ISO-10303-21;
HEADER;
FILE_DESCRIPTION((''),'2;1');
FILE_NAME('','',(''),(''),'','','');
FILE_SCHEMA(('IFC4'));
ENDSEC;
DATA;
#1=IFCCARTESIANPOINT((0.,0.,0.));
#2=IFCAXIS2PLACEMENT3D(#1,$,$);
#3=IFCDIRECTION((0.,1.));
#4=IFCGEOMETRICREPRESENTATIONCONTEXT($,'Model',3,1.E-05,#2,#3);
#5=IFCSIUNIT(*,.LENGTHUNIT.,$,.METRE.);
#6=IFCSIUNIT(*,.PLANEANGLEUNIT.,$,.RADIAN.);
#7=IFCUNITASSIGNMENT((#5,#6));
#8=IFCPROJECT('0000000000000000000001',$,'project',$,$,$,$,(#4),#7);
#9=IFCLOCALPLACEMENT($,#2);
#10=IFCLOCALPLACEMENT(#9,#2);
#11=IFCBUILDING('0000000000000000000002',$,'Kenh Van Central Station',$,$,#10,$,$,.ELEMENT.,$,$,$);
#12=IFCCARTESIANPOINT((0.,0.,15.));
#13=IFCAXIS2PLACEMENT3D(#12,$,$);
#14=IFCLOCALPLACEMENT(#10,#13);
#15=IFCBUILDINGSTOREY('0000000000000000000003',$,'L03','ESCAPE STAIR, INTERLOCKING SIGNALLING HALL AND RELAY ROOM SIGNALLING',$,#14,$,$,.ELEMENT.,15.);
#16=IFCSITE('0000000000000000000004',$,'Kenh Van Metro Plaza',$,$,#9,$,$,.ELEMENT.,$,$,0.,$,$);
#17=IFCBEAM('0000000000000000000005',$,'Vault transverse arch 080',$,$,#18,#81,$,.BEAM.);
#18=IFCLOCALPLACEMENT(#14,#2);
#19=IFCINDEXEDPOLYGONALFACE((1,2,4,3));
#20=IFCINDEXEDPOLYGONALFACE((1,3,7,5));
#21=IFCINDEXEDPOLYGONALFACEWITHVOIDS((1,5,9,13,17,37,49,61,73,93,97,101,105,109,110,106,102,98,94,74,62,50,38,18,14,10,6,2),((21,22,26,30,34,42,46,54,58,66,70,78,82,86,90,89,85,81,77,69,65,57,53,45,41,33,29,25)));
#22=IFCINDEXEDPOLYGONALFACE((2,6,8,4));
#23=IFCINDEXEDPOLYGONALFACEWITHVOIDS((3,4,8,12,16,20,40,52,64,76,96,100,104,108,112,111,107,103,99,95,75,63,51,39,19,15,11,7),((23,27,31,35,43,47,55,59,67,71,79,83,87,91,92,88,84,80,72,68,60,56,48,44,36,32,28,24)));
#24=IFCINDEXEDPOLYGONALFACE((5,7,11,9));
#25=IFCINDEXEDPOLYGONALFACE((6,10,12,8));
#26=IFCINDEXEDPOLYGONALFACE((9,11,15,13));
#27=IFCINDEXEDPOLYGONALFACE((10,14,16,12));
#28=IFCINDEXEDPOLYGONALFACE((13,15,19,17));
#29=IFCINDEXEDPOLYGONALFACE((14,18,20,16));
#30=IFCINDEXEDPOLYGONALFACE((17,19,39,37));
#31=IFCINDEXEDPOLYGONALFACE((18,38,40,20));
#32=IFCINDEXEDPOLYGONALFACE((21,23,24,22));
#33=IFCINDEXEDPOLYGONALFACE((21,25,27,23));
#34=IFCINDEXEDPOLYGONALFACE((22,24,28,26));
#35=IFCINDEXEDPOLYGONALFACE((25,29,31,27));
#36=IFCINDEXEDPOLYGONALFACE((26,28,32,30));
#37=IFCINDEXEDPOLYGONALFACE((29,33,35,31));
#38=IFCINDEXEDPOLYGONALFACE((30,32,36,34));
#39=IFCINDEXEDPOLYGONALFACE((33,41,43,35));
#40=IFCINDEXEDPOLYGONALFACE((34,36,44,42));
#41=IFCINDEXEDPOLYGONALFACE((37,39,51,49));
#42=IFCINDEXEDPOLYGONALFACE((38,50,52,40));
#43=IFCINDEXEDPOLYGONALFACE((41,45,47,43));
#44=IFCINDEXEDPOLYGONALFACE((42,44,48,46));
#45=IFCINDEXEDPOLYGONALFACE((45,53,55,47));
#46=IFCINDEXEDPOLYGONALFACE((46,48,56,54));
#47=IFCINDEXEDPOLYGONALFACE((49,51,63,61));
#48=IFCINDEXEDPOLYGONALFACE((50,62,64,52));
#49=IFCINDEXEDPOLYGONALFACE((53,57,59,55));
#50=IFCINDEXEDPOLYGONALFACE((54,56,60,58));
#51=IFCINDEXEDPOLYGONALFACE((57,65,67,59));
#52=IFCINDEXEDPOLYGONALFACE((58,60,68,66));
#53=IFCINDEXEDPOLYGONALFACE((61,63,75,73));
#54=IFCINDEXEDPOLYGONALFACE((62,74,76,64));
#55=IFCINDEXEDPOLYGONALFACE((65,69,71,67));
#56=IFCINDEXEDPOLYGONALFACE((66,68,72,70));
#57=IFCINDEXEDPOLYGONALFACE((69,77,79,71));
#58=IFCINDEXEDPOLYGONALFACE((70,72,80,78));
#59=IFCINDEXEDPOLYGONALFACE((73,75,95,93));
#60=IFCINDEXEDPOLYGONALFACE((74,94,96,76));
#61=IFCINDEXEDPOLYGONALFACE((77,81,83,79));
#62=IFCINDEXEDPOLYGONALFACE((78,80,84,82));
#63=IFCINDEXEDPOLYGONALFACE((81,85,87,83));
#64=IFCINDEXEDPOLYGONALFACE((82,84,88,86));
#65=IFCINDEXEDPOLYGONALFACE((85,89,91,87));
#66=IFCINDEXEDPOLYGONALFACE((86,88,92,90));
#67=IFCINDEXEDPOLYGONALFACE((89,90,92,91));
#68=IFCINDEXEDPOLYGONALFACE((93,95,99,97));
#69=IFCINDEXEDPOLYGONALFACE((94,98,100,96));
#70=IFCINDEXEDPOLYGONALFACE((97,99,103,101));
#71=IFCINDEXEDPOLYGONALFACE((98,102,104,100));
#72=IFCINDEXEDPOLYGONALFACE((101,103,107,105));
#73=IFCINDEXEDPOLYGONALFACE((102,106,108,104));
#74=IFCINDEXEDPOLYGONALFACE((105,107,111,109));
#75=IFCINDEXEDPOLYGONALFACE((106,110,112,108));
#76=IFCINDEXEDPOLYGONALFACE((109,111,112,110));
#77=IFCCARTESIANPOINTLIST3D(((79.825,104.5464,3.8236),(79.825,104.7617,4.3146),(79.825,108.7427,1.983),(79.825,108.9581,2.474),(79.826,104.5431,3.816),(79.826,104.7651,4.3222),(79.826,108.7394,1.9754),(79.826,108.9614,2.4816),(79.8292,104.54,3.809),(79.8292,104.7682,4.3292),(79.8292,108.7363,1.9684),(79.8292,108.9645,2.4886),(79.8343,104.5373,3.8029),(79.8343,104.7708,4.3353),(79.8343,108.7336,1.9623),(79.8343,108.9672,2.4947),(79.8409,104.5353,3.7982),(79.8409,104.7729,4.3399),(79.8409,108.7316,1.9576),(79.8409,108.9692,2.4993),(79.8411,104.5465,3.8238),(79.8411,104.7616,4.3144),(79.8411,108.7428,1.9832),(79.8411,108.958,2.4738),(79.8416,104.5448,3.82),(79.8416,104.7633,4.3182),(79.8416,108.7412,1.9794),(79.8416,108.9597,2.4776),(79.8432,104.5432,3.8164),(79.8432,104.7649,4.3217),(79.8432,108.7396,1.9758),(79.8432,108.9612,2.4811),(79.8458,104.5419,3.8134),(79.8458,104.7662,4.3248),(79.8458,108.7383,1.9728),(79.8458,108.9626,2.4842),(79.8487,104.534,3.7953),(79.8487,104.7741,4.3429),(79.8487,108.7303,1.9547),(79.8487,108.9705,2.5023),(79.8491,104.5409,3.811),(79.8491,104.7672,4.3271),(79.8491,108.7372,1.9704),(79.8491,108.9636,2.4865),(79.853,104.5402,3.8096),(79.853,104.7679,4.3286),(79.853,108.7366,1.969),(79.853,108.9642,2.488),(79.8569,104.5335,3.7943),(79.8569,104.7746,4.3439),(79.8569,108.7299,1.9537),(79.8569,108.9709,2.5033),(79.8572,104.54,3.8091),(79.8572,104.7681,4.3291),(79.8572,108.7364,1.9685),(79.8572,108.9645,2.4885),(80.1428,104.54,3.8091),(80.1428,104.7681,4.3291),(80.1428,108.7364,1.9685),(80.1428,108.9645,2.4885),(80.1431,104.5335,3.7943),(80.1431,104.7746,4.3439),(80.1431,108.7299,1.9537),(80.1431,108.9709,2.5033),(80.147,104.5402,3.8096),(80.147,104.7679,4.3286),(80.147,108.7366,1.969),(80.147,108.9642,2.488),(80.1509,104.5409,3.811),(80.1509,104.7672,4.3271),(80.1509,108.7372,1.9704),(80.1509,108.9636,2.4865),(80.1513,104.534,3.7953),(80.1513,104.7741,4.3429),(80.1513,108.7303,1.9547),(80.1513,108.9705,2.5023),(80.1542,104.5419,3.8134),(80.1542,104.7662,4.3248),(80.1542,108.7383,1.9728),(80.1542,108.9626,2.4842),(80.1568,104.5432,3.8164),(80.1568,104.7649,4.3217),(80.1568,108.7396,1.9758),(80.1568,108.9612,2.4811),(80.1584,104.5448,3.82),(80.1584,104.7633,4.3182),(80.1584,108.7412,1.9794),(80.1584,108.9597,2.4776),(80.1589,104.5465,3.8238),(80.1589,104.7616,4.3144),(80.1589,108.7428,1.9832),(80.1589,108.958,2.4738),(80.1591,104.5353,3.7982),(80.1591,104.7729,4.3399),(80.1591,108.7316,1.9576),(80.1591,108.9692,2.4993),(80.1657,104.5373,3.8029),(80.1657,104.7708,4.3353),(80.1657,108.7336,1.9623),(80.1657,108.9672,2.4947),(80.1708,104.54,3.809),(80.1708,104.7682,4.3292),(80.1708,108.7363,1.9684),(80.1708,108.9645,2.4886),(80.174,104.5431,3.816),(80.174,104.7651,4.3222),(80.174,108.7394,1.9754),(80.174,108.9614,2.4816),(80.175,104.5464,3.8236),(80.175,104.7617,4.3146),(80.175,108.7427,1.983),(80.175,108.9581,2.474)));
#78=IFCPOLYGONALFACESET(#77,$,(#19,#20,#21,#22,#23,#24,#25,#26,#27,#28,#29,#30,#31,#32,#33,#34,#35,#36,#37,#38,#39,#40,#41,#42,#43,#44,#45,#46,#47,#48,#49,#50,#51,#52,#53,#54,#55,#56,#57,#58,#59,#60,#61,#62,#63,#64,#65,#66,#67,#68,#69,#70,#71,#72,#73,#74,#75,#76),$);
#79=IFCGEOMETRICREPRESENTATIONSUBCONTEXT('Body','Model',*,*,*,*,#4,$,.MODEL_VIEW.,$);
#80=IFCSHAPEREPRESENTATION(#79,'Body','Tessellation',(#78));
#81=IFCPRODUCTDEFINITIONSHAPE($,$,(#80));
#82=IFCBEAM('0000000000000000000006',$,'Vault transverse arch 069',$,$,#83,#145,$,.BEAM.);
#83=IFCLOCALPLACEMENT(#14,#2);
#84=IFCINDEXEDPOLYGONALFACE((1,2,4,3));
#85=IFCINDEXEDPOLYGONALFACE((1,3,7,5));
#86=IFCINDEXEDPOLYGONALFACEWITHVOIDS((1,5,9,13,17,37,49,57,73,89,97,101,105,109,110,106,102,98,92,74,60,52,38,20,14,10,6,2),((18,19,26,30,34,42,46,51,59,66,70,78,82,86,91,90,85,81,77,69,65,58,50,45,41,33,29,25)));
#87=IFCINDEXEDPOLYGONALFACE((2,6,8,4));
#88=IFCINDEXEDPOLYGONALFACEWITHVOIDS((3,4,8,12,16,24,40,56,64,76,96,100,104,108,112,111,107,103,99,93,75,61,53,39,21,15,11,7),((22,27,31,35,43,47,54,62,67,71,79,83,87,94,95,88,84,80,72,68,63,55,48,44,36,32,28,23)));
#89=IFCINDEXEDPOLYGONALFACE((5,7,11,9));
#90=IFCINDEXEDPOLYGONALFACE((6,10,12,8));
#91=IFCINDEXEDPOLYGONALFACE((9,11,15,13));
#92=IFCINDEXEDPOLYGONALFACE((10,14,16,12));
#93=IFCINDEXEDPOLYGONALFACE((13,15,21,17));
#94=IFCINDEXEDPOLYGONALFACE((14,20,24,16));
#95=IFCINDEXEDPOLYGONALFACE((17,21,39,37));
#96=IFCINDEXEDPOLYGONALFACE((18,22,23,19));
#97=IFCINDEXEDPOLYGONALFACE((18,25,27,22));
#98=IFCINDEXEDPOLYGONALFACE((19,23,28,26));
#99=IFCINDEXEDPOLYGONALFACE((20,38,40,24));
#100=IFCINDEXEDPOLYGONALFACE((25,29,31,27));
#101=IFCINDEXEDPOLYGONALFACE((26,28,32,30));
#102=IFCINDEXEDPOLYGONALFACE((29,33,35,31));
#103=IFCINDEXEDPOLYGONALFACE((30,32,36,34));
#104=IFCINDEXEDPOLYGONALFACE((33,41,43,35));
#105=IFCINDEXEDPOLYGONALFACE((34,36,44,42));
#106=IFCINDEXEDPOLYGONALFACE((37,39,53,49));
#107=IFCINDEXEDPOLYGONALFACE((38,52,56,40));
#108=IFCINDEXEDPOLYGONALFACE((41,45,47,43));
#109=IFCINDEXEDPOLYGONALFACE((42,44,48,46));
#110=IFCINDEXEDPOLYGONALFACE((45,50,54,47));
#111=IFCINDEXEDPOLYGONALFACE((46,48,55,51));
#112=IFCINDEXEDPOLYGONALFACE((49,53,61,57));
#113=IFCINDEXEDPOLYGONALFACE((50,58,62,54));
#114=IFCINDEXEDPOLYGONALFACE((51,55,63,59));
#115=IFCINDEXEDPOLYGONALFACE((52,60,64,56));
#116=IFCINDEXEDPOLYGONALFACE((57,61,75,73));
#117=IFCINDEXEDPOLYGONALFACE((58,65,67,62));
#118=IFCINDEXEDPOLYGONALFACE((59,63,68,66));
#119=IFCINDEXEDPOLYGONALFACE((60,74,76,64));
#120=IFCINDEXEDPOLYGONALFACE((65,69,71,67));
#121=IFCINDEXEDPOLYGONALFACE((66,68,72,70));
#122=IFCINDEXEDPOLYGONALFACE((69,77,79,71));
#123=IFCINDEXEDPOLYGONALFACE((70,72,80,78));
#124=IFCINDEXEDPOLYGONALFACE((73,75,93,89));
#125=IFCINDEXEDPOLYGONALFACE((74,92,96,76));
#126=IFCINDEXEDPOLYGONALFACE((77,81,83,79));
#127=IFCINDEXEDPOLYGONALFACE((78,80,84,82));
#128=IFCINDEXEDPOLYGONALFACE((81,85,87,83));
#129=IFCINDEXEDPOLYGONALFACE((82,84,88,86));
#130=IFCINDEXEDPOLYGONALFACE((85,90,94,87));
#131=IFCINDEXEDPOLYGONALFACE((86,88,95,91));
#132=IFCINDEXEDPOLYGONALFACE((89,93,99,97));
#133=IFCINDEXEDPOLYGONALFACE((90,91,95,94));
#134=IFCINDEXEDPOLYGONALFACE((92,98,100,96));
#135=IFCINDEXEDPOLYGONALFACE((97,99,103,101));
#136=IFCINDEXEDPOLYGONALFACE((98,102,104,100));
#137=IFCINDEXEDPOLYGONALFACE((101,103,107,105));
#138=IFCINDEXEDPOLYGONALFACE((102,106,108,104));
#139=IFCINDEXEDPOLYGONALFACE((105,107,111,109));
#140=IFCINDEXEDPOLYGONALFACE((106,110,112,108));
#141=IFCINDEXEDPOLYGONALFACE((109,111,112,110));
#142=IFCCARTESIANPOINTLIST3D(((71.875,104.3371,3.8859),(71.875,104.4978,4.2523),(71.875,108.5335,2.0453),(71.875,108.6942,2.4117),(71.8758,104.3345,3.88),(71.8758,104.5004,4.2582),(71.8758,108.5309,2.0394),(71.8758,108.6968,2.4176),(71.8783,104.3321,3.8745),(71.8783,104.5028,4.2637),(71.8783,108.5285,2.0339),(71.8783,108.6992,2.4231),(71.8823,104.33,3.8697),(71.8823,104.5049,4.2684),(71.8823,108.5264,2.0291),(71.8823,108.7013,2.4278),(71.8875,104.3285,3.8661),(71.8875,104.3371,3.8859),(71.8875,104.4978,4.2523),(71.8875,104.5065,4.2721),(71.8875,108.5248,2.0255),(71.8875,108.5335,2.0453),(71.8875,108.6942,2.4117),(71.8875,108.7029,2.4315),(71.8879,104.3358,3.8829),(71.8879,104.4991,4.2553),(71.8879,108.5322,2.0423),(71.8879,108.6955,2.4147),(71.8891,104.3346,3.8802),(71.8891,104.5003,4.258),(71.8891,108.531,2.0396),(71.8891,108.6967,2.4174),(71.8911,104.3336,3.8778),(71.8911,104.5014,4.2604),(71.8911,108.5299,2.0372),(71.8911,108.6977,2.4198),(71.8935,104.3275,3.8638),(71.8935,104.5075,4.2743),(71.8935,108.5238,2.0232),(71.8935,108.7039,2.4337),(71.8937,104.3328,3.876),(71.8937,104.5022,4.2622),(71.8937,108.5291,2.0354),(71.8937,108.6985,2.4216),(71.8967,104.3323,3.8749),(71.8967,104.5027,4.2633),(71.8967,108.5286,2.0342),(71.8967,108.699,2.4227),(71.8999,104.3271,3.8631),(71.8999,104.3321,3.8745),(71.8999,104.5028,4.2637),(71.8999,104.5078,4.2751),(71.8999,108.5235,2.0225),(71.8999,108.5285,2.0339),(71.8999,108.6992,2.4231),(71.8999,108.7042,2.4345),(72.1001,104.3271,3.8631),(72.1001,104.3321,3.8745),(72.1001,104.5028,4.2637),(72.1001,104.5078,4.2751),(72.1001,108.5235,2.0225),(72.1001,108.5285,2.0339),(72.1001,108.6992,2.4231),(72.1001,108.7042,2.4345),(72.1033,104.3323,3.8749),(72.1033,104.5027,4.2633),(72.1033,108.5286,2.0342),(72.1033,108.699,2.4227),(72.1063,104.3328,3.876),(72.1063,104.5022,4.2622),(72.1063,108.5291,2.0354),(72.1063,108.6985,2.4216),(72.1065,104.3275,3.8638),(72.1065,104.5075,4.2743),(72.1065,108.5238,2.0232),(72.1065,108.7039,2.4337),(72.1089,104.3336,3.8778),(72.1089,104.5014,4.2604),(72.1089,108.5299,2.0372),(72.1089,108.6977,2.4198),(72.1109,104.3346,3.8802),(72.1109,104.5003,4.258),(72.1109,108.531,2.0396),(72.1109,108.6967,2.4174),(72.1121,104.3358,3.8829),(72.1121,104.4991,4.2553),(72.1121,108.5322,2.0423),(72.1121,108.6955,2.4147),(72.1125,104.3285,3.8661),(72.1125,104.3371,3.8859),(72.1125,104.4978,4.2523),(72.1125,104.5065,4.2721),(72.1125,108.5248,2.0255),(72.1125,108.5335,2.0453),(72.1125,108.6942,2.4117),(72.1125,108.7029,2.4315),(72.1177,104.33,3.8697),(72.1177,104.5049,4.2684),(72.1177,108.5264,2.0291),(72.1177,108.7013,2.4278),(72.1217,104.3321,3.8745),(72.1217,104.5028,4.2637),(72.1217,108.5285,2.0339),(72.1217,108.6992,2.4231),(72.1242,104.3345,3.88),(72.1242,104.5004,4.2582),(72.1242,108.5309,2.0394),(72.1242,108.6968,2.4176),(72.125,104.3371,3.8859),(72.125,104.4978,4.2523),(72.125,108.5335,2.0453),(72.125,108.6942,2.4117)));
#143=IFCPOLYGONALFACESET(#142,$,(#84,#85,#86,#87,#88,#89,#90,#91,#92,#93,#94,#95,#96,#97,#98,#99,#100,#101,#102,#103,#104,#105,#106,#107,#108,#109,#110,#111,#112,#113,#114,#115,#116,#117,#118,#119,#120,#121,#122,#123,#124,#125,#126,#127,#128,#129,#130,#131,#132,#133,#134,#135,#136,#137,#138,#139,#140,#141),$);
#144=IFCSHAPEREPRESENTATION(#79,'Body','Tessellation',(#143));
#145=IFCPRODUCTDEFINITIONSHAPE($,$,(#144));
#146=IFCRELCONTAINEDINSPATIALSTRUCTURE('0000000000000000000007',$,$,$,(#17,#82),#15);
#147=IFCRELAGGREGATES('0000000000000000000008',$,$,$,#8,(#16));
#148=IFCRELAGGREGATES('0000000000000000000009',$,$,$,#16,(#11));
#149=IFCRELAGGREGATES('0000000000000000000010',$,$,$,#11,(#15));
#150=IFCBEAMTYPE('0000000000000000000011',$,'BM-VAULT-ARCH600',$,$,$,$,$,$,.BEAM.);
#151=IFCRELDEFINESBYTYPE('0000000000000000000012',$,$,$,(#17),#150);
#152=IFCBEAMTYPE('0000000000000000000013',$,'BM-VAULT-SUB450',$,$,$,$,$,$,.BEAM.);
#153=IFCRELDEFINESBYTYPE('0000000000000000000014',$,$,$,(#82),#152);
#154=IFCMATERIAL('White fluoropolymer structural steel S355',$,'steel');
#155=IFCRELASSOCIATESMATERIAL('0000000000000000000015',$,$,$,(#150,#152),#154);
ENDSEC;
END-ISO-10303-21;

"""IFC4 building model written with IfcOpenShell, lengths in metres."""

from ifc_helpers import new_model, si_unit, direction, frame, origin, origin_2d, place, context, subcontext, project, spatial, hollow_rectangle, extrude, material, material_profile, profile_set, type_object, element, save


model = new_model("IFC4")

# Units and contexts
model_context = context("Model", 3, precision=1e-05, world=origin(), true_north=direction((0.0, 1.0)))
body_context = subcontext(model_context, "Body", "Model", "MODEL_VIEW")
ifc_project = project(units=[si_unit("LENGTHUNIT", "METRE"), si_unit("PLANEANGLEUNIT", "RADIAN")], contexts=[model_context])

# Site, building, storey
site_placement = place(None, origin())
site = spatial("IfcSite", under=ifc_project, at=site_placement, Name="Kenh Van Metro Plaza", CompositionType="ELEMENT", RefElevation=0.0)
building_placement = place(site_placement, origin())
building = spatial("IfcBuilding", under=site, at=building_placement, Name="Kenh Van Central Station", CompositionType="ELEMENT")
storey_placement = place(building_placement, frame((0.0, 0.0, 15.0)))
storey = spatial("IfcBuildingStorey", under=building, at=storey_placement, Name="L03", Description="ESCAPE STAIR, INTERLOCKING SIGNALLING HALL AND RELAY ROOM SIGNALLING", CompositionType="ELEMENT", Elevation=15.0)

# Beams
ifc_material_1 = material(Name="White fluoropolymer structural steel S355", Category="steel")
ifc_material_profile_1 = material_profile(ifc_material_1, hollow_rectangle(XDim=0.3501, YDim=0.6001, WallThickness=0.0161, InnerFilletRadius=0.0161, OuterFilletRadius=0.032, at=origin_2d()), Name="RHS 600x350x16")
ifc_profile_set_1 = profile_set([ifc_material_profile_1], Name="White fluoropolymer structural steel S355")
beam_type_1 = type_object("IfcBeamType", Name="BM-VAULT-ARCH600", PredefinedType="BEAM", material=ifc_profile_set_1)
beam_1_placement = place(storey_placement, frame((80.0, 104.6541, 4.0691), z_axis=(0.0, 0.91578, -0.40168), x_axis=(-1.0, 0.0, 0.0)))
element("IfcBeam", 1, at=beam_1_placement, inside=storey, type_object=beam_type_1, Name="Vault transverse arch 080", PredefinedType="BEAM", context=body_context, shape_type="SweptSolid", body=[
    extrude(hollow_rectangle(XDim=0.3501, YDim=0.6001, WallThickness=0.0161, InnerFilletRadius=0.0161, OuterFilletRadius=0.032, at=origin_2d()), origin(), (0.0, 0.0, 1.0), 4.5823),
])
ifc_material_profile_2 = material_profile(ifc_material_1, hollow_rectangle(XDim=0.25, YDim=0.45, WallThickness=0.0125, InnerFilletRadius=0.0125, OuterFilletRadius=0.0249, at=origin_2d()), Name="RHS 450x250x12.5")
ifc_profile_set_2 = profile_set([ifc_material_profile_2], Name="White fluoropolymer structural steel S355")
beam_type_2 = type_object("IfcBeamType", Name="BM-VAULT-SUB450", PredefinedType="BEAM", material=ifc_profile_set_2)
beam_2_placement = place(storey_placement, frame((72.0, 104.4175, 4.0691), z_axis=(0.0, 0.91578, -0.40168), x_axis=(-1.0, 0.0, 0.0)))
element("IfcBeam", 2, at=beam_2_placement, inside=storey, type_object=beam_type_2, Name="Vault transverse arch 069", PredefinedType="BEAM", context=body_context, shape_type="SweptSolid", body=[
    extrude(hollow_rectangle(XDim=0.25, YDim=0.45, WallThickness=0.0125, InnerFilletRadius=0.0125, OuterFilletRadius=0.0249, at=origin_2d()), origin(), (0.0, 0.0, 1.0), 4.5823),
])

save(model, "model.ifc")
